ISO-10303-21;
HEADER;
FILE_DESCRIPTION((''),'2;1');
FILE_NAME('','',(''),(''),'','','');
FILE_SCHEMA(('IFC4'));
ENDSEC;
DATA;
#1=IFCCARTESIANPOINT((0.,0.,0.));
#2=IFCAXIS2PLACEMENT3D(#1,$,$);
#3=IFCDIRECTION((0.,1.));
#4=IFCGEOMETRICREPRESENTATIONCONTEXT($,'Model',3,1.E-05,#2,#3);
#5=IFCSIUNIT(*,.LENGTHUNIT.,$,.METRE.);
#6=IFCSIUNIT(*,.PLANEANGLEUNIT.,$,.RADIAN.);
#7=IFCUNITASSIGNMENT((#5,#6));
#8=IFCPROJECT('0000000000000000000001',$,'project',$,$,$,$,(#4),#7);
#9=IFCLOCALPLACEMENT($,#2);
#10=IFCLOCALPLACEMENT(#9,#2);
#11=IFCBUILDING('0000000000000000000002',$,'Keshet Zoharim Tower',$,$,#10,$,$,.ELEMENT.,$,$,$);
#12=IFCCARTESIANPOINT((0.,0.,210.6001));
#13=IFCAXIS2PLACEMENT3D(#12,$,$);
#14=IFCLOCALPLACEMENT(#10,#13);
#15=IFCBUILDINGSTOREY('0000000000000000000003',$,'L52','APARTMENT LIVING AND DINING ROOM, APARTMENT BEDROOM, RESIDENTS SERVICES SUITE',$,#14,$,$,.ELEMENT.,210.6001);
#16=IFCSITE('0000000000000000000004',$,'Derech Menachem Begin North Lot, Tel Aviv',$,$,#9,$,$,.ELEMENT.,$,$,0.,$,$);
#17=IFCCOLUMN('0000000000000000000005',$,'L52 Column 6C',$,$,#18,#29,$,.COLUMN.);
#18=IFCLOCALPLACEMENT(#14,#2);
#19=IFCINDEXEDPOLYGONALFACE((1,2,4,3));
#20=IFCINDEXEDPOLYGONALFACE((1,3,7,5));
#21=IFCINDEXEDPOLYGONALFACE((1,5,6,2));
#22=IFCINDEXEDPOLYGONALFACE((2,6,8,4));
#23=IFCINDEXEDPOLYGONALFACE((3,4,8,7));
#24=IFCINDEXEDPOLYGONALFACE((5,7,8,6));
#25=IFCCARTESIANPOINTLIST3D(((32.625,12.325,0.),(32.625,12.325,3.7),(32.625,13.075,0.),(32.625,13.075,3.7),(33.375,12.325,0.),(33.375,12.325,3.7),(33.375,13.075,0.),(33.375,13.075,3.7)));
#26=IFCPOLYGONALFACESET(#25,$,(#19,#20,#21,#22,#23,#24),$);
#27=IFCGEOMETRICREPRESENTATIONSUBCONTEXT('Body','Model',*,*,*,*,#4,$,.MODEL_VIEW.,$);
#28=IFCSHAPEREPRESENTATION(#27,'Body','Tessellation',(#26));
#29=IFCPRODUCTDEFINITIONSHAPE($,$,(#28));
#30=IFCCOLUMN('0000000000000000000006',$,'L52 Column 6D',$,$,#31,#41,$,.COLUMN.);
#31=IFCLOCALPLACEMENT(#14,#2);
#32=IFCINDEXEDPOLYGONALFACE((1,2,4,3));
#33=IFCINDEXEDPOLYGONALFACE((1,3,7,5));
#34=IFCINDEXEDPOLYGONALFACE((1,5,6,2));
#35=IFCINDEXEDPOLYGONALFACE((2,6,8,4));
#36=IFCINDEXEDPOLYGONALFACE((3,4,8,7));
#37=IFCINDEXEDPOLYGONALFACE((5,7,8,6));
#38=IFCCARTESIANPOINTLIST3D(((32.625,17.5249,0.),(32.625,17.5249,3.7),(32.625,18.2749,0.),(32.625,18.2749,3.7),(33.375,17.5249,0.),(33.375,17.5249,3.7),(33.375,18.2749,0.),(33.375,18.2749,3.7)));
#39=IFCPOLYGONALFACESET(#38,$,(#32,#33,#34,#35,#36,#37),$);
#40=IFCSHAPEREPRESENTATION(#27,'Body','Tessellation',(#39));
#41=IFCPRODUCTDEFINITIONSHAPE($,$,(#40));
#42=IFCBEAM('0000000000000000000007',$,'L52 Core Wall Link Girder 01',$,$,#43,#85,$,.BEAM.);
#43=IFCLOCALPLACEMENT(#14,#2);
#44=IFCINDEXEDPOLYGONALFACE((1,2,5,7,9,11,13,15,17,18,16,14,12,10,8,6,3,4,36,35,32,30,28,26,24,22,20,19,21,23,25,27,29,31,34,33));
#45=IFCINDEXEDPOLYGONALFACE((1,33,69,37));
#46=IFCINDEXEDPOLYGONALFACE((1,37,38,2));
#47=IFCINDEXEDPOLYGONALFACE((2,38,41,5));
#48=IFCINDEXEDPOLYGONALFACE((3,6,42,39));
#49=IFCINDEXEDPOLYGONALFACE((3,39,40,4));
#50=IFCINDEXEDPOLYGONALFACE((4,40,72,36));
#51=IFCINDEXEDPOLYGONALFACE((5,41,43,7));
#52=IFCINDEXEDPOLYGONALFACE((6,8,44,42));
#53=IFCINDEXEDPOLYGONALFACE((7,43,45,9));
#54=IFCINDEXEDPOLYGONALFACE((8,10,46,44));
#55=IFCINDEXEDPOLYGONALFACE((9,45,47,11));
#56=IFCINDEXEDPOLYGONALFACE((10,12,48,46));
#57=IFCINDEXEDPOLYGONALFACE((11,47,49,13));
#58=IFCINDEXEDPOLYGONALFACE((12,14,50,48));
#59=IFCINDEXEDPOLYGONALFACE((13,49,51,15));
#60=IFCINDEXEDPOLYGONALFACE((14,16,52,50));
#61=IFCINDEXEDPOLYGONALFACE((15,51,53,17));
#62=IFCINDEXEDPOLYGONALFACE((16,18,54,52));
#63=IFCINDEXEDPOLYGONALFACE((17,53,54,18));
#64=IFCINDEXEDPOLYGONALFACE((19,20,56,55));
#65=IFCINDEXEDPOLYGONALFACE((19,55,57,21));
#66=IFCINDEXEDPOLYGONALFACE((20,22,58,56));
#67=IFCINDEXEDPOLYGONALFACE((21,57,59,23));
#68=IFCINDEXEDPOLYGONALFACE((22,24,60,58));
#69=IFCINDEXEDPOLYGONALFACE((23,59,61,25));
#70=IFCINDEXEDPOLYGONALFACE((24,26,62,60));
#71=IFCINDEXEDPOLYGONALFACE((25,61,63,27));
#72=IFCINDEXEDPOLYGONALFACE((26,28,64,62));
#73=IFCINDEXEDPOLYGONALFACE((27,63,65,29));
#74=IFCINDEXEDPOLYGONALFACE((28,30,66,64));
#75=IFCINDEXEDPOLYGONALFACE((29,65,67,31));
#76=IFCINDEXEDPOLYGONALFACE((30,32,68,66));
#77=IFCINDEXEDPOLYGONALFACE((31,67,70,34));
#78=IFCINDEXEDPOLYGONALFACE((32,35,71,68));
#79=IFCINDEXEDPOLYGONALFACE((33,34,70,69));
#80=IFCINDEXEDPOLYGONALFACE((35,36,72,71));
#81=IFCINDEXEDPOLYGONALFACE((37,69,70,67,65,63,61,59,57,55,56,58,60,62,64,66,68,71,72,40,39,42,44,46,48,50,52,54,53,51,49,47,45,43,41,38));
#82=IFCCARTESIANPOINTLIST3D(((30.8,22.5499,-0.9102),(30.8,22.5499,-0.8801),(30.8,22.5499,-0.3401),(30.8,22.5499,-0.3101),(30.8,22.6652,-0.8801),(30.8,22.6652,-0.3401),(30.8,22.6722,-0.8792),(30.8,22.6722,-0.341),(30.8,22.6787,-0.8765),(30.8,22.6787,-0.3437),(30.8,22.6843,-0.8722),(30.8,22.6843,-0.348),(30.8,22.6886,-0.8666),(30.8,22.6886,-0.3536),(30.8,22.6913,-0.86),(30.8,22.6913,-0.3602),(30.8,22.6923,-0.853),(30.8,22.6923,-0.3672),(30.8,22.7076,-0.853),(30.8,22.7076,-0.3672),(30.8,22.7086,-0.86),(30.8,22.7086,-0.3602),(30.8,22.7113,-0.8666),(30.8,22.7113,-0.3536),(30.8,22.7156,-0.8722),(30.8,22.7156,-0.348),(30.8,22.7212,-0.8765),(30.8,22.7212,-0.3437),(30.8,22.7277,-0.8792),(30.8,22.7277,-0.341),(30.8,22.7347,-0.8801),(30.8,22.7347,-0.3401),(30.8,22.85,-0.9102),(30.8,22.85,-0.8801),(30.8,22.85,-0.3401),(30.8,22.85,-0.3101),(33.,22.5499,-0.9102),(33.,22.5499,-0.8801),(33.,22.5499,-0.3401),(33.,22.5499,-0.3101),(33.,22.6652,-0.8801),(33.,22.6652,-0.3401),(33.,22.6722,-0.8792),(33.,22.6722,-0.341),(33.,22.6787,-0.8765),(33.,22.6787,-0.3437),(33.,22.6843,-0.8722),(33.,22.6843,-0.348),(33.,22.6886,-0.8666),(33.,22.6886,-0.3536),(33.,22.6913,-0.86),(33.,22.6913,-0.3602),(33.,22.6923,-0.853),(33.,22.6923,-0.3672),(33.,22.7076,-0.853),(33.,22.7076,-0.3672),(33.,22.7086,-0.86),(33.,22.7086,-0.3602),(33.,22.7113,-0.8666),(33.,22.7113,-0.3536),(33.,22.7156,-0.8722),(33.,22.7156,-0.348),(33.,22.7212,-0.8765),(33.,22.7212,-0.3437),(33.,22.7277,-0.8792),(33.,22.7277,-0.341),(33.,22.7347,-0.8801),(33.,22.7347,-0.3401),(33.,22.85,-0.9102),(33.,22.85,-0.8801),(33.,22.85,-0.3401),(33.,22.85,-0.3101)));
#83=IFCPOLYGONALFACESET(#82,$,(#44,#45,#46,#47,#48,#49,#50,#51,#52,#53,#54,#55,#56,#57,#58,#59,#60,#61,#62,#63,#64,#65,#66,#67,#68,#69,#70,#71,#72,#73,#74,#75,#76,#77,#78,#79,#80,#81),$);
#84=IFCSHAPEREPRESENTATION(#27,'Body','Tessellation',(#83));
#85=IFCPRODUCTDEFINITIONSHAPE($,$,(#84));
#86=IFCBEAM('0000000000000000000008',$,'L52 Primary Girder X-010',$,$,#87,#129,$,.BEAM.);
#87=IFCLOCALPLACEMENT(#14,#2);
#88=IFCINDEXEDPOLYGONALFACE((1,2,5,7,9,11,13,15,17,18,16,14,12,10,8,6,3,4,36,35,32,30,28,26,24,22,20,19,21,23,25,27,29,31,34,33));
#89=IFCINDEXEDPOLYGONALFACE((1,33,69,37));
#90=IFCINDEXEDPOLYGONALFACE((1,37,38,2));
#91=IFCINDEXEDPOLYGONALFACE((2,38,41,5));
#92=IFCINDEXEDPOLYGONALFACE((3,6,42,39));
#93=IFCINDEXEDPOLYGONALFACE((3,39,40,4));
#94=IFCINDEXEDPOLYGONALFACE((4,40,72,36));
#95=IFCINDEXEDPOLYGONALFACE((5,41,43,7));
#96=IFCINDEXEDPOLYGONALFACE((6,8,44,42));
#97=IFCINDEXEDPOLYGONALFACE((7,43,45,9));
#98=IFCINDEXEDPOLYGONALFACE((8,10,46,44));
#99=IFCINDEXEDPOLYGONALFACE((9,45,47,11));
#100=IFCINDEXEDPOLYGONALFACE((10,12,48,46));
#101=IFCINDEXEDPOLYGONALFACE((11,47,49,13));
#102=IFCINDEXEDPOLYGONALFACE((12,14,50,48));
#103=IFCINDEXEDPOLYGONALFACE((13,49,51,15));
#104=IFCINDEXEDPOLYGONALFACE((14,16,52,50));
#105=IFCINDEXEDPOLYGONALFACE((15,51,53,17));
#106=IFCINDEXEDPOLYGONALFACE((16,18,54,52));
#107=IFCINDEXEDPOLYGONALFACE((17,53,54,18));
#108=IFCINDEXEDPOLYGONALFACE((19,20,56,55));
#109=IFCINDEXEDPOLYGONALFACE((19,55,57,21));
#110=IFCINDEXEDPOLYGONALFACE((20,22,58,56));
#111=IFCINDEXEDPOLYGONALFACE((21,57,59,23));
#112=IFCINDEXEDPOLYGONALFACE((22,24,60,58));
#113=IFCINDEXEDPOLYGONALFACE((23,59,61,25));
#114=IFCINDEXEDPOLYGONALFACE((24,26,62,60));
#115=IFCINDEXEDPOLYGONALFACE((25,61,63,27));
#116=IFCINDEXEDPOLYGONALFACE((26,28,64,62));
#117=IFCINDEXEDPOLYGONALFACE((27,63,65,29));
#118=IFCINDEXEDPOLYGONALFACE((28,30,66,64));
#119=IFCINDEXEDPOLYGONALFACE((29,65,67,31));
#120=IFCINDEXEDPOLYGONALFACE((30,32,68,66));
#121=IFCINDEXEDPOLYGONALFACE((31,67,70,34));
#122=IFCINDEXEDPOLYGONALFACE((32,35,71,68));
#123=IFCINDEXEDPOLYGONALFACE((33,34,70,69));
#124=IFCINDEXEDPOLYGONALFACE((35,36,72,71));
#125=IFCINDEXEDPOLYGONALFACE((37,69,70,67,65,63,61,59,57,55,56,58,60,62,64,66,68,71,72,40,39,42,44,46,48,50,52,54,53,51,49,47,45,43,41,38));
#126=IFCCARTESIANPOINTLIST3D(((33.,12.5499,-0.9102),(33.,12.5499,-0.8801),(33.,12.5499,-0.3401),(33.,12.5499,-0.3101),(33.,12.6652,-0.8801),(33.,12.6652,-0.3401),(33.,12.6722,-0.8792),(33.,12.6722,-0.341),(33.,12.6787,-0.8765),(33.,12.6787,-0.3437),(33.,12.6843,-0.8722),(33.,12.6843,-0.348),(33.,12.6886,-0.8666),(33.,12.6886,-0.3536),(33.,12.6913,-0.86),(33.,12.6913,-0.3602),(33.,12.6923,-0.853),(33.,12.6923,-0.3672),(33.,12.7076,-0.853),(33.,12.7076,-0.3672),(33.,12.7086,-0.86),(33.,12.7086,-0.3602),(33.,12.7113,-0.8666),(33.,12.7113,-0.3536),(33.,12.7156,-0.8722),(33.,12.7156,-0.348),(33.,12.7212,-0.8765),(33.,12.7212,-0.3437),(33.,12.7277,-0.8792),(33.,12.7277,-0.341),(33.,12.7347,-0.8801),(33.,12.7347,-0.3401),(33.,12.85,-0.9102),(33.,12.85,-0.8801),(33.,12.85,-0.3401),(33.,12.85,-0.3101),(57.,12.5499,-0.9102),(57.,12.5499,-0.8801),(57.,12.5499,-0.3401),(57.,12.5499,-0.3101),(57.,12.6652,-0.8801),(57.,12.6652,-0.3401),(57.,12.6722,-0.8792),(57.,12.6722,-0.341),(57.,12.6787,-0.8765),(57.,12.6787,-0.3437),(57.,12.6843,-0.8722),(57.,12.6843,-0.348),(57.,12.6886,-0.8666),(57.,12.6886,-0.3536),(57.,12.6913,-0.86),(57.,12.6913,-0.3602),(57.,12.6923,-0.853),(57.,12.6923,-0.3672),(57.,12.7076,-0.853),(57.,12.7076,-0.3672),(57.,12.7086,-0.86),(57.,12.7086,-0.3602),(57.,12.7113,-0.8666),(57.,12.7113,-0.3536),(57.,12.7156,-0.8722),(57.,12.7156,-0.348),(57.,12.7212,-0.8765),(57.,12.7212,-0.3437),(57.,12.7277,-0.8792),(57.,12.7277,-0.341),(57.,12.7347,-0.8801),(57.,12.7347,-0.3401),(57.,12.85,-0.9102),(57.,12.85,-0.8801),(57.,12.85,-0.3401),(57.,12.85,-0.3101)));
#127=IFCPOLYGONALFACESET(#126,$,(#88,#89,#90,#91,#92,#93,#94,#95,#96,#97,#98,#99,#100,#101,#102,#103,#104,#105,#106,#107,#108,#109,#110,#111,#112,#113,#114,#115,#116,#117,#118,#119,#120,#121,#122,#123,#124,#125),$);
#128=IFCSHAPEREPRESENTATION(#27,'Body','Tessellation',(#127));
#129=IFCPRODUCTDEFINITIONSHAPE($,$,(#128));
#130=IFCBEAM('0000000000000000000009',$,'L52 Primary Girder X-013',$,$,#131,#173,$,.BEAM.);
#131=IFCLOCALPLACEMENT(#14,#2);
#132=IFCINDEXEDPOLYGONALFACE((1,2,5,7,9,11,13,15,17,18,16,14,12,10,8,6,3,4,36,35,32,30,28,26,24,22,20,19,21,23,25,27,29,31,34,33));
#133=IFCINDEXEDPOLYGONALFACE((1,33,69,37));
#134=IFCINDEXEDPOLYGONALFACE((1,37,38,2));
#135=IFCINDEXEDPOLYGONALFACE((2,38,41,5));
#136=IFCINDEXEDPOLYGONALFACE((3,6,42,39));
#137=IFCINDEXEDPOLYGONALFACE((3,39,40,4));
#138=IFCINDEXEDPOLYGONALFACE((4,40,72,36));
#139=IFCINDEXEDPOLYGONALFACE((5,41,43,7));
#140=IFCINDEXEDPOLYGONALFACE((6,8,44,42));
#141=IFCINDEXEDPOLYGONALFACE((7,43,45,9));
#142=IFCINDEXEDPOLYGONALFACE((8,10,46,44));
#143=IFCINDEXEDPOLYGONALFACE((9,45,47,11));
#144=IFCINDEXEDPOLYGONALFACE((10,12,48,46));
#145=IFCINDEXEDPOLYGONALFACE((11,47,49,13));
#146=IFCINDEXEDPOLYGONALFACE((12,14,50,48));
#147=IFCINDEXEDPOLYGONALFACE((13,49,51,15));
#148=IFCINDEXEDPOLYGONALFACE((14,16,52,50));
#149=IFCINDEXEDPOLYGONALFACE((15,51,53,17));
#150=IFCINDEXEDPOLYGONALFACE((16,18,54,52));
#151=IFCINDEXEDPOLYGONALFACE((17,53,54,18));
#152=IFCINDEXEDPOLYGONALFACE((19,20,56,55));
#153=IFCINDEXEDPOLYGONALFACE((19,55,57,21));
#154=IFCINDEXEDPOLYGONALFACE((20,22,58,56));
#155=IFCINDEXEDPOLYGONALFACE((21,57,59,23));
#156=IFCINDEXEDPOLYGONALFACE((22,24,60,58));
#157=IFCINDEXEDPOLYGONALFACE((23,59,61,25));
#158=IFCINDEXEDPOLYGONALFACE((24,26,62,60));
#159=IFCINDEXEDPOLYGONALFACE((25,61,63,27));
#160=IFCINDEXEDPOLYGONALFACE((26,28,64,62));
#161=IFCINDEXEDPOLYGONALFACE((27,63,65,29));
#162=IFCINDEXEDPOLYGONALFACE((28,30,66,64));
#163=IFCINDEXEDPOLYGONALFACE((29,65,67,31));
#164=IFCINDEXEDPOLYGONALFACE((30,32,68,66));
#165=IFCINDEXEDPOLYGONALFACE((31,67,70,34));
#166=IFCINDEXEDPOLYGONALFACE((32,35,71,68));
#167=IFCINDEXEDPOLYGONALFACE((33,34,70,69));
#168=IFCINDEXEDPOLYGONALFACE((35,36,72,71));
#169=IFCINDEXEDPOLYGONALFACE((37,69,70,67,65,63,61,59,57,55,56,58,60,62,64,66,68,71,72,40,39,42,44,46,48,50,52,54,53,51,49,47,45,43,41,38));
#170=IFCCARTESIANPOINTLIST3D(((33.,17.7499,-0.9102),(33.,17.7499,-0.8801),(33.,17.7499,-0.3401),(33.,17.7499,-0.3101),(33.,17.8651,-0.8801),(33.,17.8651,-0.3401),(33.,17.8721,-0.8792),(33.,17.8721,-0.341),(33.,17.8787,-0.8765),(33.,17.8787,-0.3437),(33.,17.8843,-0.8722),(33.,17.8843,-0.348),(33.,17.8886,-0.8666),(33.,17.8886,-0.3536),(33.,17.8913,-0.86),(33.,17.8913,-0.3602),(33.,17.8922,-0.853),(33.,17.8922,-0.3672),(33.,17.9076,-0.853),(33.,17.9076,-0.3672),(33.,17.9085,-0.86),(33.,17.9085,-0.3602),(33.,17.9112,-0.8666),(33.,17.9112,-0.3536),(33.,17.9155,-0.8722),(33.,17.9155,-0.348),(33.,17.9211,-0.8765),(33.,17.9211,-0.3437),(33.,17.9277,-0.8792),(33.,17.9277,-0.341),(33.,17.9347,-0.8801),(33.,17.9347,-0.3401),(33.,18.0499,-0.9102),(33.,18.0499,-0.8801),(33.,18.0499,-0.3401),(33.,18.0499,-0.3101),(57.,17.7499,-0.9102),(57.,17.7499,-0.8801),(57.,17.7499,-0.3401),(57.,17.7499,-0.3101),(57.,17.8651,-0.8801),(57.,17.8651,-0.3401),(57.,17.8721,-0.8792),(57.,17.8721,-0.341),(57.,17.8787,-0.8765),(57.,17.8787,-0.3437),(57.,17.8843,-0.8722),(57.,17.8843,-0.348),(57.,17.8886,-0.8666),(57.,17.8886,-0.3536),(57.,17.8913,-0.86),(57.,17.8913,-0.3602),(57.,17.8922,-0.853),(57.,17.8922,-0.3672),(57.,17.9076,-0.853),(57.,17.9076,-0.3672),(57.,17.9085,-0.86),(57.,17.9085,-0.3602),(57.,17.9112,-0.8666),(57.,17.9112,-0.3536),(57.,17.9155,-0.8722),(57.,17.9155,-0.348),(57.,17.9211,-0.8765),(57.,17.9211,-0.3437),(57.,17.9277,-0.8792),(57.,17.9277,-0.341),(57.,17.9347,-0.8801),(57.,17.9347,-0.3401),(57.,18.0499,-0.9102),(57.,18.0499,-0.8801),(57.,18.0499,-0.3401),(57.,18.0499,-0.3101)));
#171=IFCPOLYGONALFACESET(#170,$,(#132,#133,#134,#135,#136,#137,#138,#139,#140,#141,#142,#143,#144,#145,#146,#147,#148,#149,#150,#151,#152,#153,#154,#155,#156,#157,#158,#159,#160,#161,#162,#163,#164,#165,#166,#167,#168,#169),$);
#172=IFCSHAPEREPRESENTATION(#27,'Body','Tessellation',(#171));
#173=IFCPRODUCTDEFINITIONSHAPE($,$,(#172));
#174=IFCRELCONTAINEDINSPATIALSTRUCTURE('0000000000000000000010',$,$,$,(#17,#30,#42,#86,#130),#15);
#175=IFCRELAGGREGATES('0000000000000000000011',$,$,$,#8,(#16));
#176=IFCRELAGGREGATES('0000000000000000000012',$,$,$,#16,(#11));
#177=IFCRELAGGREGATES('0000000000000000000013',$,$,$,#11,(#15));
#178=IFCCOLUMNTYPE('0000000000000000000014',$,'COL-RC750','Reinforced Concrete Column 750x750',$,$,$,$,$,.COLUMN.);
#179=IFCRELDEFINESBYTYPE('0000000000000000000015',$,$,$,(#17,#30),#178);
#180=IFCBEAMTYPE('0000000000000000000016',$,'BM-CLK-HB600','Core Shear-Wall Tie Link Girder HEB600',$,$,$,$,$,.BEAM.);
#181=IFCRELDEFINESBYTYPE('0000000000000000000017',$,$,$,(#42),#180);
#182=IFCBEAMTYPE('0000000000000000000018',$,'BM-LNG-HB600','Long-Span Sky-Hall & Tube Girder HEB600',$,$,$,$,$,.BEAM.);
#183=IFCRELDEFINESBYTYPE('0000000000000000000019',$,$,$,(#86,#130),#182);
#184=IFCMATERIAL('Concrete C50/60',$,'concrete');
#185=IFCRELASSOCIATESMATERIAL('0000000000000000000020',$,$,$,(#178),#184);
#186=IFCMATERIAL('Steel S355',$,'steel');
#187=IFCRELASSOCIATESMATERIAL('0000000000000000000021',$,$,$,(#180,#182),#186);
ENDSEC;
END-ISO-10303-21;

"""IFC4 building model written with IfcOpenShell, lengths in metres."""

from ifc_helpers import new_model, si_unit, direction, frame, origin, origin_2d, place, context, subcontext, project, spatial, rectangle, i_section, extrude, material, material_profile, profile_set, type_object, element, save


model = new_model("IFC4")

# Units and contexts
model_context = context("Model", 3, precision=1e-05, world=origin(), true_north=direction((0.0, 1.0)))
body_context = subcontext(model_context, "Body", "Model", "MODEL_VIEW")
ifc_project = project(units=[si_unit("LENGTHUNIT", "METRE"), si_unit("PLANEANGLEUNIT", "RADIAN")], contexts=[model_context])

# Site, building, storey
site_placement = place(None, origin())
site = spatial("IfcSite", under=ifc_project, at=site_placement, Name="Derech Menachem Begin North Lot, Tel Aviv", CompositionType="ELEMENT", RefElevation=0.0)
building_placement = place(site_placement, origin())
building = spatial("IfcBuilding", under=site, at=building_placement, Name="Keshet Zoharim Tower", CompositionType="ELEMENT")
storey_placement = place(building_placement, frame((0.0, 0.0, 210.6001)))
storey = spatial("IfcBuildingStorey", under=building, at=storey_placement, Name="L52", Description="APARTMENT LIVING AND DINING ROOM, APARTMENT BEDROOM, RESIDENTS SERVICES SUITE", CompositionType="ELEMENT", Elevation=210.6001)

# Columns
ifc_material_1 = material(Name="Concrete C50/60", Category="concrete")
ifc_material_profile_1 = material_profile(ifc_material_1, rectangle(XDim=0.75, YDim=0.75, at=origin_2d()), Name="RC750x750")
ifc_profile_set_1 = profile_set([ifc_material_profile_1], Name="Concrete C50/60")
column_type = type_object("IfcColumnType", Name="COL-RC750", Description="Reinforced Concrete Column 750x750", PredefinedType="COLUMN", material=ifc_profile_set_1)
for number, where, z_axis, x_axis, name in (
    (1, (33.0, 12.7, 0.0), (0.0, 0.0, 1.0), (1.0, 0.0, 0.0), "L52 Column 6C"),
    (2, (33.0, 17.8999, 0.0), (0.0, 0.0, 1.0), (1.0, 0.0, 0.0), "L52 Column 6D"),
):
    element("IfcColumn", number, at=place(storey_placement, frame(where, z_axis=z_axis, x_axis=x_axis)), inside=storey, type_object=column_type, Name=name, PredefinedType="COLUMN", context=body_context, shape_type="SweptSolid", body=[
        extrude(rectangle(XDim=0.75, YDim=0.75, at=origin_2d()), origin(), (0.0, 0.0, 1.0), 3.7),
    ])

# Beams
ifc_material_2 = material(Name="Steel S355", Category="steel")
ifc_material_profile_2 = material_profile(ifc_material_2, i_section(OverallWidth=0.3, OverallDepth=0.6001, WebThickness=0.0154, FlangeThickness=0.03, FilletRadius=0.0271, at=origin_2d()), Name="HEB600")
ifc_profile_set_2 = profile_set([ifc_material_profile_2], Name="Steel S355")
beam_type_1 = type_object("IfcBeamType", Name="BM-CLK-HB600", Description="Core Shear-Wall Tie Link Girder HEB600", PredefinedType="BEAM", material=ifc_profile_set_2)
beam_1_placement = place(storey_placement, frame((30.8, 22.7, -0.6101), z_axis=(1.0, 0.0, 0.0), x_axis=(0.0, 1.0, 0.0)))
element("IfcBeam", 3, at=beam_1_placement, inside=storey, type_object=beam_type_1, Name="L52 Core Wall Link Girder 01", PredefinedType="BEAM", context=body_context, shape_type="SweptSolid", body=[
    extrude(i_section(OverallWidth=0.3, OverallDepth=0.6001, WebThickness=0.0154, FlangeThickness=0.03, FilletRadius=0.0271, at=origin_2d()), origin(), (0.0, 0.0, 1.0), 2.2),
])
ifc_material_profile_3 = material_profile(ifc_material_2, i_section(OverallWidth=0.3, OverallDepth=0.6001, WebThickness=0.0154, FlangeThickness=0.03, FilletRadius=0.0271, at=origin_2d()), Name="HEB600")
ifc_profile_set_3 = profile_set([ifc_material_profile_3], Name="Steel S355")
beam_type_2 = type_object("IfcBeamType", Name="BM-LNG-HB600", Description="Long-Span Sky-Hall & Tube Girder HEB600", PredefinedType="BEAM", material=ifc_profile_set_3)
for number, where, z_axis, x_axis, name in (
    (4, (33.0, 12.7, -0.6101), (1.0, 0.0, 0.0), (0.0, 1.0, 0.0), "L52 Primary Girder X-010"),
    (5, (33.0, 17.8999, -0.6101), (1.0, 0.0, 0.0), (0.0, 1.0, 0.0), "L52 Primary Girder X-013"),
):
    element("IfcBeam", number, at=place(storey_placement, frame(where, z_axis=z_axis, x_axis=x_axis)), inside=storey, type_object=beam_type_2, Name=name, PredefinedType="BEAM", context=body_context, shape_type="SweptSolid", body=[
        extrude(i_section(OverallWidth=0.3, OverallDepth=0.6001, WebThickness=0.0154, FlangeThickness=0.03, FilletRadius=0.0271, at=origin_2d()), origin(), (0.0, 0.0, 1.0), 24.0),
    ])

save(model, "model.ifc")
